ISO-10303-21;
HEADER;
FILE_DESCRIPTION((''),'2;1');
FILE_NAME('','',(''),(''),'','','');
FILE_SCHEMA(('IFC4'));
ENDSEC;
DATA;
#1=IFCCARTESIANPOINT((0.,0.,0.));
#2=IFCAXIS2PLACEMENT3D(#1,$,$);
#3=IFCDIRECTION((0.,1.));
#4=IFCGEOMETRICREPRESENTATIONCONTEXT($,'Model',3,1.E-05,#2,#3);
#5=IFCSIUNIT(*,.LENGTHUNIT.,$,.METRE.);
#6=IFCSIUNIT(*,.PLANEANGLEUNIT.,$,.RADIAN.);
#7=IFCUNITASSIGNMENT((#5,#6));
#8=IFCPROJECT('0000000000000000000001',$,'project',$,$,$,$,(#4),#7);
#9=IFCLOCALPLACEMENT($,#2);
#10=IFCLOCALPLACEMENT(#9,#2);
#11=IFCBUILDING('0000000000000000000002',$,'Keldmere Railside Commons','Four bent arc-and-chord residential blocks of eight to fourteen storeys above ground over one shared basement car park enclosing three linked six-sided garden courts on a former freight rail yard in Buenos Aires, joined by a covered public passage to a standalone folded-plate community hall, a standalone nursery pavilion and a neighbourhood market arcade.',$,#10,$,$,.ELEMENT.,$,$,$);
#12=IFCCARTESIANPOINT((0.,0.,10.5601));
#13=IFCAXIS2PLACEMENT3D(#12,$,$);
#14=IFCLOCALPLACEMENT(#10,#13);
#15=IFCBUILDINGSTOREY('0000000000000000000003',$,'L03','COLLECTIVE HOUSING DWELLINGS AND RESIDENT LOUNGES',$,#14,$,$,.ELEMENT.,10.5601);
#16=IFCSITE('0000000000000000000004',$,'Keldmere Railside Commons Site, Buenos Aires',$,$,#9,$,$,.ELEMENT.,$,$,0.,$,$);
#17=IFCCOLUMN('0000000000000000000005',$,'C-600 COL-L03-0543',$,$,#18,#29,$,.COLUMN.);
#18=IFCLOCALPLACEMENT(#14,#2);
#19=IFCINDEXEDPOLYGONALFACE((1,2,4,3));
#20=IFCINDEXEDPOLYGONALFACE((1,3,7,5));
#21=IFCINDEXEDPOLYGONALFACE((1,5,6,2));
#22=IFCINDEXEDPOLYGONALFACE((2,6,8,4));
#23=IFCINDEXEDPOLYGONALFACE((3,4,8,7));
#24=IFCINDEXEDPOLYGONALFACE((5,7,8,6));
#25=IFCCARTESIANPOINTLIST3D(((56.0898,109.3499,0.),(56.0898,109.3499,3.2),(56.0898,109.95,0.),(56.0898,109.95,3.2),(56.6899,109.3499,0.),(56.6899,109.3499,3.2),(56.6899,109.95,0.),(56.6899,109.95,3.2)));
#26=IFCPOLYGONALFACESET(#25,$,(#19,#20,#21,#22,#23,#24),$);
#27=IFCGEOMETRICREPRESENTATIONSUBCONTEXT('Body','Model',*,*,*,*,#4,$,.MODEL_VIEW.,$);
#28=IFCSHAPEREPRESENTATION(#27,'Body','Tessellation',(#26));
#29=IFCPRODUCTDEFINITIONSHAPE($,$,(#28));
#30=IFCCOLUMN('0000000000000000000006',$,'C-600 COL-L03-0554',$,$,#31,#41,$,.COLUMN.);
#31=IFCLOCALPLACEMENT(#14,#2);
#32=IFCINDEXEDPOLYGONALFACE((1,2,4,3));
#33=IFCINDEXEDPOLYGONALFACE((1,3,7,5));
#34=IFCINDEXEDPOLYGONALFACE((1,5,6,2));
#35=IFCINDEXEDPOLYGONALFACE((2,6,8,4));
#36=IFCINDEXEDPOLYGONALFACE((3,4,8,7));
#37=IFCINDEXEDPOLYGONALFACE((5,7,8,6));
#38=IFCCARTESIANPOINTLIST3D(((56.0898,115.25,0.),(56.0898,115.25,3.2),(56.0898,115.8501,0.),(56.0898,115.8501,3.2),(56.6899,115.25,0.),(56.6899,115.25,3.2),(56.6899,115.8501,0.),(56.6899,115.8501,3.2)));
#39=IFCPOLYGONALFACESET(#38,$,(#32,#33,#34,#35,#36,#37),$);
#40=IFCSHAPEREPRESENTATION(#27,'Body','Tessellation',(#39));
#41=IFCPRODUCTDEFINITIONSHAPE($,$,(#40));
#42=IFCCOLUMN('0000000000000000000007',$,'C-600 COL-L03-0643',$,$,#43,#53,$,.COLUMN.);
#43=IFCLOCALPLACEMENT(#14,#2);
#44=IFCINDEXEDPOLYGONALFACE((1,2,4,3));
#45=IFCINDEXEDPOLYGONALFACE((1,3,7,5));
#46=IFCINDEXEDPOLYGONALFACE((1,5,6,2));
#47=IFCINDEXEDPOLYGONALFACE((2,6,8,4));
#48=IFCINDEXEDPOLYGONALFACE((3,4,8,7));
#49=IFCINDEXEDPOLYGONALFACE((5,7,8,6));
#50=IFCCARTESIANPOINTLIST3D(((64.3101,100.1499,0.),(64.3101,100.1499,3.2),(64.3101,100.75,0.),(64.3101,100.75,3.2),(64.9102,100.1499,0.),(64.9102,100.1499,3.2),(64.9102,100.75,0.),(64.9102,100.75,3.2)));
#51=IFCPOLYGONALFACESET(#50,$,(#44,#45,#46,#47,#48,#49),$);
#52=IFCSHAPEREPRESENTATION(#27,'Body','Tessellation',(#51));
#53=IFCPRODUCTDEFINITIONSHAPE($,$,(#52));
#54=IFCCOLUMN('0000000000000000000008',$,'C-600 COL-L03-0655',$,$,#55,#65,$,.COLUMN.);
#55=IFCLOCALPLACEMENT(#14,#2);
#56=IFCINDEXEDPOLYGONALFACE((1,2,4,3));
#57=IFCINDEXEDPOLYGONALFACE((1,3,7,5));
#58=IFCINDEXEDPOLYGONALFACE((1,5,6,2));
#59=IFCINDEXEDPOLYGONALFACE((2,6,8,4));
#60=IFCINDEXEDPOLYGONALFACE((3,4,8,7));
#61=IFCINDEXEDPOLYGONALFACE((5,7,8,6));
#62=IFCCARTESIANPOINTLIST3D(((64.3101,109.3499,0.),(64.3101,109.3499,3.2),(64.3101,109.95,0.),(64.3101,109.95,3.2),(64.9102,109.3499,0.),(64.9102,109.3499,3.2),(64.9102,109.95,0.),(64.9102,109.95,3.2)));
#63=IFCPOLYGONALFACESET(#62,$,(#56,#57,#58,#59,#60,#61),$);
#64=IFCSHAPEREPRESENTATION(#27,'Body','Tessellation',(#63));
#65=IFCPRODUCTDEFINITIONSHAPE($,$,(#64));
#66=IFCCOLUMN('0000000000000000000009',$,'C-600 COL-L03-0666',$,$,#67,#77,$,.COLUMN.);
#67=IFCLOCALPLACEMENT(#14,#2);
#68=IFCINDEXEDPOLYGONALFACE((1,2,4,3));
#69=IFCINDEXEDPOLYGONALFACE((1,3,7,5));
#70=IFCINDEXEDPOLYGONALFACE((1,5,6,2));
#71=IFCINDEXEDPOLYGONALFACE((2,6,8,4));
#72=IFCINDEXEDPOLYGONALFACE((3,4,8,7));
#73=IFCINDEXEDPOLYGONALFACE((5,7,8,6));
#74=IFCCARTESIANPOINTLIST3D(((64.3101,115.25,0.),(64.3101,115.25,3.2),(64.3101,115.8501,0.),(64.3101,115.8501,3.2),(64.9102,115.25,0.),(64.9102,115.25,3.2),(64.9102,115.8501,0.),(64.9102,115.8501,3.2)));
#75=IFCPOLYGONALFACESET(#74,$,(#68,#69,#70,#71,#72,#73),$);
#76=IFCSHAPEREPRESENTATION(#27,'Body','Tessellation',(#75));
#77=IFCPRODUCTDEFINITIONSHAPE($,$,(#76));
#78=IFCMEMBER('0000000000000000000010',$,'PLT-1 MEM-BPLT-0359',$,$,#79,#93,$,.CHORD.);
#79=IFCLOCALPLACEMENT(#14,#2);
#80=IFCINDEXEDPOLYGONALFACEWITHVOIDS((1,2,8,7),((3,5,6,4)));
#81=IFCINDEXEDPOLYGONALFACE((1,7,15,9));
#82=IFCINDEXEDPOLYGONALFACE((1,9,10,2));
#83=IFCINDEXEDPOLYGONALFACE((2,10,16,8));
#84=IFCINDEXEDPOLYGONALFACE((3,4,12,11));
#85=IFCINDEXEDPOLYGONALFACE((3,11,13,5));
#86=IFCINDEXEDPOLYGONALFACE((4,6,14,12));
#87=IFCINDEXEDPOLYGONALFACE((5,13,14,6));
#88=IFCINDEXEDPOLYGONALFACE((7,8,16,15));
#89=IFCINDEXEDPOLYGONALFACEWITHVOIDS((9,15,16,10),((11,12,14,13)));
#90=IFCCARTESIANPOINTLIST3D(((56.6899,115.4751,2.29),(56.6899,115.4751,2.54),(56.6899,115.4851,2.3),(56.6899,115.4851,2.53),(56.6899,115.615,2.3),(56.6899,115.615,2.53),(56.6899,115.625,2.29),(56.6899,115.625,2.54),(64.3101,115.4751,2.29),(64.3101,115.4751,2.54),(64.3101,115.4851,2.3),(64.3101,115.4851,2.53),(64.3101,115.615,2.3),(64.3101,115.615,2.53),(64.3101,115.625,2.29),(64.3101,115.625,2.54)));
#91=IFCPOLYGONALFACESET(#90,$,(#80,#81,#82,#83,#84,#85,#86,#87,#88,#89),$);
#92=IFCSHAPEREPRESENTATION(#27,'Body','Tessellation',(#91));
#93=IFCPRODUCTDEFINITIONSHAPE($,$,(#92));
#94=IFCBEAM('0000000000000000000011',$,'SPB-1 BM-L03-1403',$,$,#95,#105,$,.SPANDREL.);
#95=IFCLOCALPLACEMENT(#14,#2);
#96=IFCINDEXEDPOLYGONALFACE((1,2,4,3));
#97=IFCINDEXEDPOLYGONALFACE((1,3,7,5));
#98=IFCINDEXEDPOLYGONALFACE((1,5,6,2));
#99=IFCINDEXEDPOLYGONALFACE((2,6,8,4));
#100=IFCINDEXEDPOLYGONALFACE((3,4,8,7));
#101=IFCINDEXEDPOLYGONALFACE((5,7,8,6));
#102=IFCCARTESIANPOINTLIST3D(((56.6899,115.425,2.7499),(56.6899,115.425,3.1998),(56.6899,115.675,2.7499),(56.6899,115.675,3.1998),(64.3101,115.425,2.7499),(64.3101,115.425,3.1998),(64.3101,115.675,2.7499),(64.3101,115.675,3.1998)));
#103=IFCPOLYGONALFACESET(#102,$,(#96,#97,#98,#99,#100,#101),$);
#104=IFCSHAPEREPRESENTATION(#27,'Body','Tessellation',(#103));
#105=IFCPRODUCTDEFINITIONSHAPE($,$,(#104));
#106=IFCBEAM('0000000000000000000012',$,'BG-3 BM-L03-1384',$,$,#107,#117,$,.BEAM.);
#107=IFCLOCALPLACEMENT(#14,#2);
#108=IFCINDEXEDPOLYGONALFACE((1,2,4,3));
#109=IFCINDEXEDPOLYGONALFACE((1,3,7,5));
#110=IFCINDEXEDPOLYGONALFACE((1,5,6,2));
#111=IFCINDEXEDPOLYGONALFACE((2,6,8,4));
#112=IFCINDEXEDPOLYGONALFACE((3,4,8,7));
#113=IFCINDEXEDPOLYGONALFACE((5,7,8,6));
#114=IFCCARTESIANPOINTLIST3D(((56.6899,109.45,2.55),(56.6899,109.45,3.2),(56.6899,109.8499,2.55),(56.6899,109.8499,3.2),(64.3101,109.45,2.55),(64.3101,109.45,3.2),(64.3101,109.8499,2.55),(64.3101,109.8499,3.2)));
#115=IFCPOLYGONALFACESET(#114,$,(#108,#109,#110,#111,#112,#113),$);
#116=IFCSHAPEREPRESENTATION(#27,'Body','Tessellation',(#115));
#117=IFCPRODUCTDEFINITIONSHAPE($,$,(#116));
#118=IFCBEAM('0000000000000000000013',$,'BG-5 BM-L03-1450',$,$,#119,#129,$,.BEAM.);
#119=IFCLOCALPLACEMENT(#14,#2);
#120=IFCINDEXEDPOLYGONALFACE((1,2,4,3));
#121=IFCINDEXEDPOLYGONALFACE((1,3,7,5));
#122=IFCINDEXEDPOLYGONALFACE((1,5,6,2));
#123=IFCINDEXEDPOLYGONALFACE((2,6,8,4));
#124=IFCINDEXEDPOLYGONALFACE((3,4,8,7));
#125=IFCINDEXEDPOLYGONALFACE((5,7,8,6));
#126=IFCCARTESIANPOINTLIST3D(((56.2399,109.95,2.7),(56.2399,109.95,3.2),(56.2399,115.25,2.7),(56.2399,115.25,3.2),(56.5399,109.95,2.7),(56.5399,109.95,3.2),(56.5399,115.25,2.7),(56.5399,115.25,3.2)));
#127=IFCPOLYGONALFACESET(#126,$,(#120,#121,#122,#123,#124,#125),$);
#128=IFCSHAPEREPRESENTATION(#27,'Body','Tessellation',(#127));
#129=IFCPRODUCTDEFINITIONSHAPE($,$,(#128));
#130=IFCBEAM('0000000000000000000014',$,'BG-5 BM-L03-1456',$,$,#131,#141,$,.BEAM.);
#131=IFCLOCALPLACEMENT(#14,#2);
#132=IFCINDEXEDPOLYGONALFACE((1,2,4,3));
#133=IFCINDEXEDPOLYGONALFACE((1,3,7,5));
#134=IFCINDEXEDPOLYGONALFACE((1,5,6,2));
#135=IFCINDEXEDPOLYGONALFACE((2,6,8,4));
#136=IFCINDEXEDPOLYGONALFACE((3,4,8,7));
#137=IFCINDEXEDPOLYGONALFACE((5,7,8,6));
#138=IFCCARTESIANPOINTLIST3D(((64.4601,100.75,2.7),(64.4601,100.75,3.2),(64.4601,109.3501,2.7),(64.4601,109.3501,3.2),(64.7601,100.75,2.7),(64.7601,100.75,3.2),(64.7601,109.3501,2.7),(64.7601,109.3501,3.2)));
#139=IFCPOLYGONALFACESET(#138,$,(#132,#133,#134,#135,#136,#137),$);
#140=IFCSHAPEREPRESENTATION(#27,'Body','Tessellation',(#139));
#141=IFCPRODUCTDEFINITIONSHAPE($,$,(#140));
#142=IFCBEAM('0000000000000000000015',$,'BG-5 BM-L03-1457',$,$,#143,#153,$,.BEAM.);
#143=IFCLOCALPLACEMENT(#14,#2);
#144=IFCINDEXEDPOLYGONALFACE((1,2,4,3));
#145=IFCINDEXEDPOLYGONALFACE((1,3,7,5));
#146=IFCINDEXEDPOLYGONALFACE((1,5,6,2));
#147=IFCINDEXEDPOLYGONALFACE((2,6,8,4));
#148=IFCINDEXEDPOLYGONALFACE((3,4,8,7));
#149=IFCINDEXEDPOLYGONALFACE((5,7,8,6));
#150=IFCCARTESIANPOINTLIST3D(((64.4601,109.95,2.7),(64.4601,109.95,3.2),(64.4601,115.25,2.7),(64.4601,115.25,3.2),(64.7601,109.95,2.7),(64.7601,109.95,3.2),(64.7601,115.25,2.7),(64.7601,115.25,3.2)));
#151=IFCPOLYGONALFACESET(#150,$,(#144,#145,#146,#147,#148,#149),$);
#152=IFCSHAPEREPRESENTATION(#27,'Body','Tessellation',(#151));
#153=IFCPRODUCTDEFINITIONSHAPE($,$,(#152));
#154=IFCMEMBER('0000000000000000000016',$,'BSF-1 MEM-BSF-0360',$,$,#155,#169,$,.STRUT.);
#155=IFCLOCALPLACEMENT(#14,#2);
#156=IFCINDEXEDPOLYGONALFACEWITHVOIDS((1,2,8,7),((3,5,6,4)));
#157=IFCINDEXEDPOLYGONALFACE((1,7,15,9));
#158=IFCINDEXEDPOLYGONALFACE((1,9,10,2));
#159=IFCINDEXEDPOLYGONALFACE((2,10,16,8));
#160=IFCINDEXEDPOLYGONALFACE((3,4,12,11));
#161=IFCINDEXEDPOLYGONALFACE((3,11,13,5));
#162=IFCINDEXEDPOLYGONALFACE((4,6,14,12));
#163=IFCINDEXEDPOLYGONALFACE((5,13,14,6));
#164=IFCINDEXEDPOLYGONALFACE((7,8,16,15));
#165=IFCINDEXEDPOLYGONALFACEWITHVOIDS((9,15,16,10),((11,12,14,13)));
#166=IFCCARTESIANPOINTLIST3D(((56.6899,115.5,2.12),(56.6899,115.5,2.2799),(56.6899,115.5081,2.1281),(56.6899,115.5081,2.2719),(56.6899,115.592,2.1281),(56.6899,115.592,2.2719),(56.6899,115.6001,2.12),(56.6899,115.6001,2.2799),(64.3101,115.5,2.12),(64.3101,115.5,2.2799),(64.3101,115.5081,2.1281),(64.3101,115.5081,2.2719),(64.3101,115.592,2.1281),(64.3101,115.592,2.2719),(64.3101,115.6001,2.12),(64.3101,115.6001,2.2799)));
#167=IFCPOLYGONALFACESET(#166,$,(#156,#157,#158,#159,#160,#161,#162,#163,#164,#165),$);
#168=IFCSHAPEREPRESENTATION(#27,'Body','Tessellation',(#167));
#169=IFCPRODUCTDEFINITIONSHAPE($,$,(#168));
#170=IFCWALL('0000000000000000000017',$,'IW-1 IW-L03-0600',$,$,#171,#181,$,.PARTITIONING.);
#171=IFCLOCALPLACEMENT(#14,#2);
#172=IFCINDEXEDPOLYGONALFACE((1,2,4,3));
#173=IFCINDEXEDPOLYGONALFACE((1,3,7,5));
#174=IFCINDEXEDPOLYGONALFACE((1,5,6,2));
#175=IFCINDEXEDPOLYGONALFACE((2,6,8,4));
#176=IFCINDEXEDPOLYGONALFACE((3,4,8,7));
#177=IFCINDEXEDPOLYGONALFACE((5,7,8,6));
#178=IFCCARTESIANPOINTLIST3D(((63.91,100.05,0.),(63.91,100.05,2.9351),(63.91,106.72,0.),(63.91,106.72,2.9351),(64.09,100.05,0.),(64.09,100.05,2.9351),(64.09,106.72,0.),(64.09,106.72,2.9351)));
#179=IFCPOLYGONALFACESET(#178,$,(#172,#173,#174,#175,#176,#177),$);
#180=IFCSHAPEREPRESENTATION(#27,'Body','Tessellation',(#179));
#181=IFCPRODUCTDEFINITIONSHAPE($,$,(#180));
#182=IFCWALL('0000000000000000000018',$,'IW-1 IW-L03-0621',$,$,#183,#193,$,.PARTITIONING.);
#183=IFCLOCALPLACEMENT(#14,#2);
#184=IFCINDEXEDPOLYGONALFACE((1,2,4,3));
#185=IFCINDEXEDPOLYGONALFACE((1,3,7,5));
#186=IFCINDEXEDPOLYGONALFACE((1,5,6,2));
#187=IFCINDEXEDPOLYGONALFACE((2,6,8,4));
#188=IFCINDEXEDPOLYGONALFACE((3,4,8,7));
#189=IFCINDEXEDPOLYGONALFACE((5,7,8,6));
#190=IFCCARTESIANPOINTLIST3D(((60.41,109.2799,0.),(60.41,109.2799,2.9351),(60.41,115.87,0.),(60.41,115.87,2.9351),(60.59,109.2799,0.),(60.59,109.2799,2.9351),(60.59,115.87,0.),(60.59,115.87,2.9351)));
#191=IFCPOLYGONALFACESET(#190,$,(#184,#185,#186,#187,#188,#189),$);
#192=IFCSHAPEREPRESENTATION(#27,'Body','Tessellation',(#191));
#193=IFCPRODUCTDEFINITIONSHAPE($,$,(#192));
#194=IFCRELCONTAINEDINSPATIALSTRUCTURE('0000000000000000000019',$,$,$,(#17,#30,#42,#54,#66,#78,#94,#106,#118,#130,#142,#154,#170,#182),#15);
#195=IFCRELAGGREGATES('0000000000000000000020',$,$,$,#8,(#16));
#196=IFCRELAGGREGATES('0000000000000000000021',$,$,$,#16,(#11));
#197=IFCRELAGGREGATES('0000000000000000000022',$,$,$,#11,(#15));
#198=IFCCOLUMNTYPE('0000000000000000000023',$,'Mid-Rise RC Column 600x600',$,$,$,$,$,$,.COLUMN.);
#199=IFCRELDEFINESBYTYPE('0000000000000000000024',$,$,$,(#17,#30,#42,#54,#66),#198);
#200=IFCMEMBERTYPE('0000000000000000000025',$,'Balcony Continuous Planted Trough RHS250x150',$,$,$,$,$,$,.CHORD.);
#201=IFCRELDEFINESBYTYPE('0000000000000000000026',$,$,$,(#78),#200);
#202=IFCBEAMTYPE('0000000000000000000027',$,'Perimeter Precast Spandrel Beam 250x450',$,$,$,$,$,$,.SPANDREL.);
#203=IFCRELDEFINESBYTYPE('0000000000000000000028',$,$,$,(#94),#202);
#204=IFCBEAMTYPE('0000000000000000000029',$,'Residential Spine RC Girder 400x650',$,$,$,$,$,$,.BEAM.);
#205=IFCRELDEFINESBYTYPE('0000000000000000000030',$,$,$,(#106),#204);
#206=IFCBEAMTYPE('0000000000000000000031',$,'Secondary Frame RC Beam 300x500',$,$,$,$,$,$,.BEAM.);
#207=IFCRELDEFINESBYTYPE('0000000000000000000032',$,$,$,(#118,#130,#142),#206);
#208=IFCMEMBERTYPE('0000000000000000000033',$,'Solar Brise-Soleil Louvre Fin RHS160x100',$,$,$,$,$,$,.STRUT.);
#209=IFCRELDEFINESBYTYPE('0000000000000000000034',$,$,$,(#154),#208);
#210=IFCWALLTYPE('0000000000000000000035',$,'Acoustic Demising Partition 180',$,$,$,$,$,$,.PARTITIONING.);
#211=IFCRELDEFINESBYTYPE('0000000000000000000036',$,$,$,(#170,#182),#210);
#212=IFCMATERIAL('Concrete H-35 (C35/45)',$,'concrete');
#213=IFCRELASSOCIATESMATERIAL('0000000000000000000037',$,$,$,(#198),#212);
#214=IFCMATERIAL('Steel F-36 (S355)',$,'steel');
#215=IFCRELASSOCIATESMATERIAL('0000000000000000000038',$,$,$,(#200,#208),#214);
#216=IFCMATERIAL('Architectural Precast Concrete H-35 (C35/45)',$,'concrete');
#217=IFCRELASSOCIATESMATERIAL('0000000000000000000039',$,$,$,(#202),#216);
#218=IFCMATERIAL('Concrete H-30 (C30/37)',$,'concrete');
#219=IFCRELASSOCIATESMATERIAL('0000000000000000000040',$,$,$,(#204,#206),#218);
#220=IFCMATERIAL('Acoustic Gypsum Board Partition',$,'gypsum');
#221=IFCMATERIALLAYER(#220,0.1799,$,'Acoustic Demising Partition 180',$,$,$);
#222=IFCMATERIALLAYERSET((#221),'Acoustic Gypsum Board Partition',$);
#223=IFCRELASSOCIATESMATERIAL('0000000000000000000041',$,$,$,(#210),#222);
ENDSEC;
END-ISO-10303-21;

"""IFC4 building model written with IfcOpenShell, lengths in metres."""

from ifc_helpers import new_model, si_unit, direction, frame, frame_2d, origin, origin_2d, place, context, subcontext, project, spatial, rectangle, hollow_rectangle, extrude, material, layer, layer_set, material_profile, profile_set, type_object, element, save


model = new_model("IFC4")

# Units and contexts
model_context = context("Model", 3, precision=1e-05, world=origin(), true_north=direction((0.0, 1.0)))
body_context = subcontext(model_context, "Body", "Model", "MODEL_VIEW")
ifc_project = project(units=[si_unit("LENGTHUNIT", "METRE"), si_unit("PLANEANGLEUNIT", "RADIAN")], contexts=[model_context])

# Site, building, storey
site_placement = place(None, origin())
site = spatial("IfcSite", under=ifc_project, at=site_placement, Name="Keldmere Railside Commons Site, Buenos Aires", CompositionType="ELEMENT", RefElevation=0.0)
building_placement = place(site_placement, origin())
building = spatial("IfcBuilding", under=site, at=building_placement, Name="Keldmere Railside Commons", Description="Four bent arc-and-chord residential blocks of eight to fourteen storeys above ground over one shared basement car park enclosing three linked six-sided garden courts on a former freight rail yard in Buenos Aires, joined by a covered public passage to a standalone folded-plate community hall, a standalone nursery pavilion and a neighbourhood market arcade.", CompositionType="ELEMENT")
storey_placement = place(building_placement, frame((0.0, 0.0, 10.5601)))
storey = spatial("IfcBuildingStorey", under=building, at=storey_placement, Name="L03", Description="COLLECTIVE HOUSING DWELLINGS AND RESIDENT LOUNGES", CompositionType="ELEMENT", Elevation=10.5601)

# Columns
ifc_material_1 = material(Name="Concrete H-35 (C35/45)", Category="concrete")
ifc_material_profile_1 = material_profile(ifc_material_1, rectangle(XDim=0.6001, YDim=0.6001, at=origin_2d()), Name="RC-600x600")
ifc_profile_set_1 = profile_set([ifc_material_profile_1], Name="Concrete H-35 (C35/45)")
column_type = type_object("IfcColumnType", Name="Mid-Rise RC Column 600x600", PredefinedType="COLUMN", material=ifc_profile_set_1)
for number, where, z_axis, x_axis, name in (
    (1, (56.3899, 109.6499, 0.0), (0.0, 0.0, 1.0), (1.0, 0.0, 0.0), "C-600 COL-L03-0543"),
    (2, (56.3899, 115.55, 0.0), (0.0, 0.0, 1.0), (1.0, 0.0, 0.0), "C-600 COL-L03-0554"),
    (3, (64.6101, 100.45, 0.0), (0.0, 0.0, 1.0), (1.0, 0.0, 0.0), "C-600 COL-L03-0643"),
    (4, (64.6101, 109.6499, 0.0), (0.0, 0.0, 1.0), (1.0, 0.0, 0.0), "C-600 COL-L03-0655"),
    (5, (64.6101, 115.55, 0.0), (0.0, 0.0, 1.0), (1.0, 0.0, 0.0), "C-600 COL-L03-0666"),
):
    element("IfcColumn", number, at=place(storey_placement, frame(where, z_axis=z_axis, x_axis=x_axis)), inside=storey, type_object=column_type, Name=name, PredefinedType="COLUMN", context=body_context, shape_type="SweptSolid", body=[
        extrude(rectangle(XDim=0.6001, YDim=0.6001, at=origin_2d()), origin(), (0.0, 0.0, 1.0), 3.2),
    ])

# Member
ifc_material_2 = material(Name="Steel F-36 (S355)", Category="steel")
ifc_material_profile_2 = material_profile(ifc_material_2, hollow_rectangle(XDim=0.1499, YDim=0.25, WallThickness=0.01, at=origin_2d()), Name="RHS-250x150x10")
ifc_profile_set_2 = profile_set([ifc_material_profile_2], Name="Steel F-36 (S355)")
member_type_1 = type_object("IfcMemberType", Name="Balcony Continuous Planted Trough RHS250x150", PredefinedType="CHORD", material=ifc_profile_set_2)
member_1_placement = place(storey_placement, frame((56.6899, 115.55, 2.415), z_axis=(1.0, 0.0, 0.0), x_axis=(0.0, 1.0, 0.0)))
element("IfcMember", 6, at=member_1_placement, inside=storey, type_object=member_type_1, Name="PLT-1 MEM-BPLT-0359", PredefinedType="CHORD", context=body_context, shape_type="SweptSolid", body=[
    extrude(hollow_rectangle(XDim=0.1499, YDim=0.25, WallThickness=0.01, at=origin_2d()), origin(), (0.0, 0.0, 1.0), 7.6201),
])

# Beams
ifc_material_3 = material(Name="Architectural Precast Concrete H-35 (C35/45)", Category="concrete")
ifc_material_profile_3 = material_profile(ifc_material_3, rectangle(XDim=0.25, YDim=0.45, at=origin_2d()), Name="RC-250x450")
ifc_profile_set_3 = profile_set([ifc_material_profile_3], Name="Architectural Precast Concrete H-35 (C35/45)")
beam_type_1 = type_object("IfcBeamType", Name="Perimeter Precast Spandrel Beam 250x450", PredefinedType="SPANDREL", material=ifc_profile_set_3)
beam_1_placement = place(storey_placement, frame((56.6899, 115.55, 2.9749), z_axis=(1.0, 0.0, 0.0), x_axis=(0.0, 1.0, 0.0)))
element("IfcBeam", 7, at=beam_1_placement, inside=storey, type_object=beam_type_1, Name="SPB-1 BM-L03-1403", PredefinedType="SPANDREL", context=body_context, shape_type="SweptSolid", body=[
    extrude(rectangle(XDim=0.25, YDim=0.45, at=origin_2d()), origin(), (0.0, 0.0, 1.0), 7.6201),
])
ifc_material_4 = material(Name="Concrete H-30 (C30/37)", Category="concrete")
ifc_material_profile_4 = material_profile(ifc_material_4, rectangle(XDim=0.3999, YDim=0.6499, at=origin_2d()), Name="RC-400x650")
ifc_profile_set_4 = profile_set([ifc_material_profile_4], Name="Concrete H-30 (C30/37)")
beam_type_2 = type_object("IfcBeamType", Name="Residential Spine RC Girder 400x650", PredefinedType="BEAM", material=ifc_profile_set_4)
beam_2_placement = place(storey_placement, frame((56.6899, 109.6499, 2.875), z_axis=(1.0, 0.0, 0.0), x_axis=(0.0, 1.0, 0.0)))
element("IfcBeam", 8, at=beam_2_placement, inside=storey, type_object=beam_type_2, Name="BG-3 BM-L03-1384", PredefinedType="BEAM", context=body_context, shape_type="SweptSolid", body=[
    extrude(rectangle(XDim=0.3999, YDim=0.6499, at=origin_2d()), origin(), (0.0, 0.0, 1.0), 7.6201),
])
ifc_material_profile_5 = material_profile(ifc_material_4, rectangle(XDim=0.3, YDim=0.5, at=origin_2d()), Name="RC-300x500")
ifc_profile_set_5 = profile_set([ifc_material_profile_5], Name="Concrete H-30 (C30/37)")
beam_type_3 = type_object("IfcBeamType", Name="Secondary Frame RC Beam 300x500", PredefinedType="BEAM", material=ifc_profile_set_5)
beam_3_placement = place(storey_placement, frame((56.3899, 109.95, 2.95), z_axis=(0.0, 1.0, 0.0), x_axis=(-1.0, 0.0, 0.0)))
element("IfcBeam", 9, at=beam_3_placement, inside=storey, type_object=beam_type_3, Name="BG-5 BM-L03-1450", PredefinedType="BEAM", context=body_context, shape_type="SweptSolid", body=[
    extrude(rectangle(XDim=0.3, YDim=0.5, at=origin_2d()), origin(), (0.0, 0.0, 1.0), 5.3),
])
beam_4_placement = place(storey_placement, frame((64.6101, 100.75, 2.95), z_axis=(0.0, 1.0, 0.0), x_axis=(-1.0, 0.0, 0.0)))
element("IfcBeam", 10, at=beam_4_placement, inside=storey, type_object=beam_type_3, Name="BG-5 BM-L03-1456", PredefinedType="BEAM", context=body_context, shape_type="SweptSolid", body=[
    extrude(rectangle(XDim=0.3, YDim=0.5, at=origin_2d()), origin(), (0.0, 0.0, 1.0), 8.6001),
])
beam_5_placement = place(storey_placement, frame((64.6101, 109.95, 2.95), z_axis=(0.0, 1.0, 0.0), x_axis=(-1.0, 0.0, 0.0)))
element("IfcBeam", 11, at=beam_5_placement, inside=storey, type_object=beam_type_3, Name="BG-5 BM-L03-1457", PredefinedType="BEAM", context=body_context, shape_type="SweptSolid", body=[
    extrude(rectangle(XDim=0.3, YDim=0.5, at=origin_2d()), origin(), (0.0, 0.0, 1.0), 5.3),
])

# Member
ifc_material_profile_6 = material_profile(ifc_material_2, hollow_rectangle(XDim=0.1001, YDim=0.1599, WallThickness=0.0081, at=origin_2d()), Name="RHS-160x100x8")
ifc_profile_set_6 = profile_set([ifc_material_profile_6], Name="Steel F-36 (S355)")
member_type_2 = type_object("IfcMemberType", Name="Solar Brise-Soleil Louvre Fin RHS160x100", PredefinedType="STRUT", material=ifc_profile_set_6)
member_2_placement = place(storey_placement, frame((56.6899, 115.55, 2.2), z_axis=(1.0, 0.0, 0.0), x_axis=(0.0, 1.0, 0.0)))
element("IfcMember", 12, at=member_2_placement, inside=storey, type_object=member_type_2, Name="BSF-1 MEM-BSF-0360", PredefinedType="STRUT", context=body_context, shape_type="SweptSolid", body=[
    extrude(hollow_rectangle(XDim=0.1001, YDim=0.1599, WallThickness=0.0081, at=origin_2d()), origin(), (0.0, 0.0, 1.0), 7.6201),
])

# Walls
ifc_material_5 = material(Name="Acoustic Gypsum Board Partition", Category="gypsum")
ifc_layer_1 = layer(ifc_material_5, 0.1799, Name="Acoustic Demising Partition 180")
ifc_layer_set_1 = layer_set([ifc_layer_1], Name="Acoustic Gypsum Board Partition")
wall_type_1 = type_object("IfcWallType", Name="Acoustic Demising Partition 180", PredefinedType="PARTITIONING", material=ifc_layer_set_1)
wall_1_placement = place(storey_placement, frame((64.0, 100.05, 0.0), z_axis=(0.0, 0.0, 1.0), x_axis=(0.0, 1.0, 0.0)))
element("IfcWall", 13, at=wall_1_placement, inside=storey, type_object=wall_type_1, Name="IW-1 IW-L03-0600", PredefinedType="PARTITIONING", context=body_context, shape_type="SweptSolid", body=[
    extrude(rectangle(XDim=6.6699, YDim=0.1799, at=frame_2d((3.335, 0.0))), origin(), (0.0, 0.0, 1.0), 2.9351),
])
wall_2_placement = place(storey_placement, frame((60.5, 109.28, 0.0), z_axis=(0.0, 0.0, 1.0), x_axis=(0.0, 1.0, 0.0)))
element("IfcWall", 14, at=wall_2_placement, inside=storey, type_object=wall_type_1, Name="IW-1 IW-L03-0621", PredefinedType="PARTITIONING", context=body_context, shape_type="SweptSolid", body=[
    extrude(rectangle(XDim=6.5901, YDim=0.1799, at=frame_2d((3.2949, 0.0))), origin(), (0.0, 0.0, 1.0), 2.9351),
])

save(model, "model.ifc")
